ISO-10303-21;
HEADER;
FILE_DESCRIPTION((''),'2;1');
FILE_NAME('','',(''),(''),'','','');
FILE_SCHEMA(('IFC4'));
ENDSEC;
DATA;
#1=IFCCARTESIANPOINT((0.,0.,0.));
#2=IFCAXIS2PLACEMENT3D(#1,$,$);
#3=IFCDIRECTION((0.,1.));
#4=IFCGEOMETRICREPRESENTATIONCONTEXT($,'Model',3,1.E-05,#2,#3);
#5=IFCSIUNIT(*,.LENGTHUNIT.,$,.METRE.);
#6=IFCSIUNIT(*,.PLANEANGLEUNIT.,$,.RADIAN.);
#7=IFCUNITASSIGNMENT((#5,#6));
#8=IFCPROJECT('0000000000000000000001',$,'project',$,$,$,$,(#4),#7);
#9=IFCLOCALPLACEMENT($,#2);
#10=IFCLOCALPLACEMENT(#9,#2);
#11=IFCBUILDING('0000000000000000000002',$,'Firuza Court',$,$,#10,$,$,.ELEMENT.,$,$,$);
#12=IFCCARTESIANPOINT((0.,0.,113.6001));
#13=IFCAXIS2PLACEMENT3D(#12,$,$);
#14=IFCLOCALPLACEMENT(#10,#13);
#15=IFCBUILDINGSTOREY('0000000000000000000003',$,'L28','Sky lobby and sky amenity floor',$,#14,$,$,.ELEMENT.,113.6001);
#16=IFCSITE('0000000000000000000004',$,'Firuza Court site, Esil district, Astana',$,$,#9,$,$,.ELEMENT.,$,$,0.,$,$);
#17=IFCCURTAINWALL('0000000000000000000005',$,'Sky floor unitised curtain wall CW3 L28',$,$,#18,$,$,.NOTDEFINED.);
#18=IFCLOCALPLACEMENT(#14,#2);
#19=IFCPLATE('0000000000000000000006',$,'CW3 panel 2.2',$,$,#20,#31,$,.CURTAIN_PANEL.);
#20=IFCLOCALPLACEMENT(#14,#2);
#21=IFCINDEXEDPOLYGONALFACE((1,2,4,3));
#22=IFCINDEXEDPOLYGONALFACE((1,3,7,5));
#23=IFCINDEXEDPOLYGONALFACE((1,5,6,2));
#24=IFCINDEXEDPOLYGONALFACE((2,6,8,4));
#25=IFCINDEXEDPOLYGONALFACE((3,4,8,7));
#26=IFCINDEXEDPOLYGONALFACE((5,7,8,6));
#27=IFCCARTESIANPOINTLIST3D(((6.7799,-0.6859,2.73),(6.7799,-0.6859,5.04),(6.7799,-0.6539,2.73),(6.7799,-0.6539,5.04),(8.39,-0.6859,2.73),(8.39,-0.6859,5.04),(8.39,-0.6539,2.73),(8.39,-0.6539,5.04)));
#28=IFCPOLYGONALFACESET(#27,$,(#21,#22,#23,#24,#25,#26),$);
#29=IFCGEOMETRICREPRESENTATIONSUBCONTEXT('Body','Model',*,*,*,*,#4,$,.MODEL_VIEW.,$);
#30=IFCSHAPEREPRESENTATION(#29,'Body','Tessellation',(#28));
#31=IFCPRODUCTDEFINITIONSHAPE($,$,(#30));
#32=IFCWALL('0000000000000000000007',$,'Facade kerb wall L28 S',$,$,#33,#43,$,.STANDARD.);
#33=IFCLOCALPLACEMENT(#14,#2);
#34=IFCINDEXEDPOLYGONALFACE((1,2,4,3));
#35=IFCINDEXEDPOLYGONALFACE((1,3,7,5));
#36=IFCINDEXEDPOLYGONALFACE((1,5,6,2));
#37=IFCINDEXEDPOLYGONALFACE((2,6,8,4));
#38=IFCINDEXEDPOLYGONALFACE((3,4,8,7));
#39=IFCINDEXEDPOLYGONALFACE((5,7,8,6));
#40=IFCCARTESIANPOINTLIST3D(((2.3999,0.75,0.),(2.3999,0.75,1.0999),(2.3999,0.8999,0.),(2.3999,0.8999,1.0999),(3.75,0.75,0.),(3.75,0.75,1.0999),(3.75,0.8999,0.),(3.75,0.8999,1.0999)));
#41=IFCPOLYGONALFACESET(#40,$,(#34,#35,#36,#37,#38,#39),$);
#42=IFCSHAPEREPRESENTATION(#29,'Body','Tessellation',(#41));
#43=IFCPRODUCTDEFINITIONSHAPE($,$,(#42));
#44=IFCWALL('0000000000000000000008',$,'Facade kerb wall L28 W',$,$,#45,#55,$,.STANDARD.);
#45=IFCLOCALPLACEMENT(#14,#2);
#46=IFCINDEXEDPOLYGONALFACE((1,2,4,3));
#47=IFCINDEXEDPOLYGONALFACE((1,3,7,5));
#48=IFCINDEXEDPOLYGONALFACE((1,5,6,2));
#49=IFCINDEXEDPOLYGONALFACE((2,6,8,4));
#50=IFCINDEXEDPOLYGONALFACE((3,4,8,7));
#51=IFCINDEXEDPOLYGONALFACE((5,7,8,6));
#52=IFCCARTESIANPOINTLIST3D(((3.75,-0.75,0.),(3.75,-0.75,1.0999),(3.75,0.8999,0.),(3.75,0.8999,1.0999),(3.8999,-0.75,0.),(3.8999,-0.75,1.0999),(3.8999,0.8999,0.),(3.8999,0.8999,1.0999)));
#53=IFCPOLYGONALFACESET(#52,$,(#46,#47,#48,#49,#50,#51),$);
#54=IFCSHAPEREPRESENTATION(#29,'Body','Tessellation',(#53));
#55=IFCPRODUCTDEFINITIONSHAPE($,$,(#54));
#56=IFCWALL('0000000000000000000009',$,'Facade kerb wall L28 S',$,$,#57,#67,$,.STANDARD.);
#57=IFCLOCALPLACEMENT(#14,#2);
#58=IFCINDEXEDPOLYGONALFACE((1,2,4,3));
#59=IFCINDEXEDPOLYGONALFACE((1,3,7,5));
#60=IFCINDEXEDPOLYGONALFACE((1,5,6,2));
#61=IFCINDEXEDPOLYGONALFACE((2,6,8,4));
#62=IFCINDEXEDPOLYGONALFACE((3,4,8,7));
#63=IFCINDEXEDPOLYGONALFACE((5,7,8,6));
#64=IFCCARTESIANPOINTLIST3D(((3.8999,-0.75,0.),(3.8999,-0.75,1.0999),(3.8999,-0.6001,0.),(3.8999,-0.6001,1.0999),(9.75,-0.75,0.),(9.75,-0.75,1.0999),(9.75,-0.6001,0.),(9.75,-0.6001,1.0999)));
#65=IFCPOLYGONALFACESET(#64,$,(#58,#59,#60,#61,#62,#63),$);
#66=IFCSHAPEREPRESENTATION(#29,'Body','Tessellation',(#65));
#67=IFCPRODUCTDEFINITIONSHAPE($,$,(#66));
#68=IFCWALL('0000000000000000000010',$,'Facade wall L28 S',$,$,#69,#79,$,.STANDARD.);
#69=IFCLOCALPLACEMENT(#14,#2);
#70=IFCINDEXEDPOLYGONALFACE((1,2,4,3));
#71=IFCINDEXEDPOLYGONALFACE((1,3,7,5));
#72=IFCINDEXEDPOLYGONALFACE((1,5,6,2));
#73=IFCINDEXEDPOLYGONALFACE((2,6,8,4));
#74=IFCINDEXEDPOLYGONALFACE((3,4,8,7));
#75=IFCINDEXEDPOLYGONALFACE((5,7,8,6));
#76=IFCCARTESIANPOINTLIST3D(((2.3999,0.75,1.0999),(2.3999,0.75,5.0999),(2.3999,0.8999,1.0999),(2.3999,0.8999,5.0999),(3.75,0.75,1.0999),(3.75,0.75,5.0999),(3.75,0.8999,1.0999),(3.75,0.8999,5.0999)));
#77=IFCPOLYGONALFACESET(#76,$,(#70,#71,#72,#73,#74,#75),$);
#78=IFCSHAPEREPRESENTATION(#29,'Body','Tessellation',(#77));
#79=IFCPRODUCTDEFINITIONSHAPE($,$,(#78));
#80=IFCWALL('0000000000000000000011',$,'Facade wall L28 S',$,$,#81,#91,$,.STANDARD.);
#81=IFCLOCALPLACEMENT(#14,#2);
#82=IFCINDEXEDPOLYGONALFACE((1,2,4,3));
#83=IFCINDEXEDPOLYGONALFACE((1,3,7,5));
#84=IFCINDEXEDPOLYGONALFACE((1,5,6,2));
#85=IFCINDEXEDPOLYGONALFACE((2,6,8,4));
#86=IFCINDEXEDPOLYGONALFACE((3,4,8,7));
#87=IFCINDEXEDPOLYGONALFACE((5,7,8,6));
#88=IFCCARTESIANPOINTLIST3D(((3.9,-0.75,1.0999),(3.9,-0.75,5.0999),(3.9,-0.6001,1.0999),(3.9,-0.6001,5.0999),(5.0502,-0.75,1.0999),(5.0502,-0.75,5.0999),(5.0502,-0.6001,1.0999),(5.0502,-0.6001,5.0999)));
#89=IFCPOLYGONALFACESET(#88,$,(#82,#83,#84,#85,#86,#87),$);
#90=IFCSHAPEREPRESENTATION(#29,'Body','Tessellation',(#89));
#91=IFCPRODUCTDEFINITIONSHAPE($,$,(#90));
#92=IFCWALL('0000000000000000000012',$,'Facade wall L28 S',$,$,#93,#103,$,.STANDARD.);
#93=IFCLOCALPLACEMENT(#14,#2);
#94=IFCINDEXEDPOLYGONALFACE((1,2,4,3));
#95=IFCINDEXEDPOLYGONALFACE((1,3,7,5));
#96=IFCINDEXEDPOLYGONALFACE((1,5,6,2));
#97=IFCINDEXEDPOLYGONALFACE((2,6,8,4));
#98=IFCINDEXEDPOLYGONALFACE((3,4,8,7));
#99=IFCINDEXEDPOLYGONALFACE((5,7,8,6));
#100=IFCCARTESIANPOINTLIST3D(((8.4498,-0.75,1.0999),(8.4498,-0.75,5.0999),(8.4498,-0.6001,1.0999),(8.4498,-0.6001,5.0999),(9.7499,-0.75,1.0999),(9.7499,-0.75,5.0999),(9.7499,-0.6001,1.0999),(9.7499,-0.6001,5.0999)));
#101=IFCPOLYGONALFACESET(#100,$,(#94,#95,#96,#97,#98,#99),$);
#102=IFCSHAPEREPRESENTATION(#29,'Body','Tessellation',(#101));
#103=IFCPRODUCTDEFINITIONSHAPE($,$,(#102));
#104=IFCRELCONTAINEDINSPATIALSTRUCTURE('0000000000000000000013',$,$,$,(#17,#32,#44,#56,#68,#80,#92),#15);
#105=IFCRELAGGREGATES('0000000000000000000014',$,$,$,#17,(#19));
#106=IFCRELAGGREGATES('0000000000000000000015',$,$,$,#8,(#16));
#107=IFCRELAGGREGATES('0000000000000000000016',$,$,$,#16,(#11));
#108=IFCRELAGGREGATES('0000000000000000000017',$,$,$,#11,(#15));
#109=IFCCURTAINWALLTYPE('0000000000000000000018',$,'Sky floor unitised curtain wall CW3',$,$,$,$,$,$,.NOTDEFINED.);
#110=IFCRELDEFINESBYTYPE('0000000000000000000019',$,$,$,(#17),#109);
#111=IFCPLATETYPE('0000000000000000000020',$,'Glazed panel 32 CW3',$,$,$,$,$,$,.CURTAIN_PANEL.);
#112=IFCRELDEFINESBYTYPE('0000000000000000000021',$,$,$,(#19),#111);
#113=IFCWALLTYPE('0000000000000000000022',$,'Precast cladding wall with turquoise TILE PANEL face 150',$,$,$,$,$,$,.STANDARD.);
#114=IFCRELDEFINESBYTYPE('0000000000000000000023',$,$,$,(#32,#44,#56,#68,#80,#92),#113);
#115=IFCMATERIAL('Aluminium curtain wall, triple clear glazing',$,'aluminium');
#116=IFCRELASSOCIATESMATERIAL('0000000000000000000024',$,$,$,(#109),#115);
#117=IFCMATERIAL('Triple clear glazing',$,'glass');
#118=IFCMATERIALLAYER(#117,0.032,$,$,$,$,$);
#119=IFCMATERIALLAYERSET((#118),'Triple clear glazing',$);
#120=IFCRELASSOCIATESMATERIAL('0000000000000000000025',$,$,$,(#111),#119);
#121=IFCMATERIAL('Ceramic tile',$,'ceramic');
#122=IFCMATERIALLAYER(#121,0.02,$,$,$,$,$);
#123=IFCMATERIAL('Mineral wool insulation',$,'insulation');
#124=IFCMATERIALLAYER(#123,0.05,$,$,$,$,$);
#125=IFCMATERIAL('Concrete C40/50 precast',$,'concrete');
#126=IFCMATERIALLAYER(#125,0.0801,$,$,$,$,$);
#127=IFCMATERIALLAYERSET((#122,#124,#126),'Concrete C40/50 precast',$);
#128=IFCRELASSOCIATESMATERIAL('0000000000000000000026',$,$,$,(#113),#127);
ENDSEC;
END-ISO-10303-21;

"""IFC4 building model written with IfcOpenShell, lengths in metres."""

from ifc_helpers import new_model, si_unit, direction, frame, frame_2d, origin, origin_2d, place, context, subcontext, project, spatial, rectangle, extrude, material, layer, layer_set, type_object, element, aggregate, save


model = new_model("IFC4")

# Units and contexts
model_context = context("Model", 3, precision=1e-05, world=origin(), true_north=direction((0.0, 1.0)))
body_context = subcontext(model_context, "Body", "Model", "MODEL_VIEW")
ifc_project = project(units=[si_unit("LENGTHUNIT", "METRE"), si_unit("PLANEANGLEUNIT", "RADIAN")], contexts=[model_context])

# Site, building, storey
site_placement = place(None, origin())
site = spatial("IfcSite", under=ifc_project, at=site_placement, Name="Firuza Court site, Esil district, Astana", CompositionType="ELEMENT", RefElevation=0.0)
building_placement = place(site_placement, origin())
building = spatial("IfcBuilding", under=site, at=building_placement, Name="Firuza Court", CompositionType="ELEMENT")
storey_placement = place(building_placement, frame((0.0, 0.0, 113.6001)))
storey = spatial("IfcBuildingStorey", under=building, at=storey_placement, Name="L28", Description="Sky lobby and sky amenity floor", CompositionType="ELEMENT", Elevation=113.6001)

# Curtain wall
ifc_material_1 = material(Name="Aluminium curtain wall, triple clear glazing", Category="aluminium")
curtain_wall_type = type_object("IfcCurtainWallType", Name="Sky floor unitised curtain wall CW3", PredefinedType="NOTDEFINED", material=ifc_material_1)
curtain_wall_placement = place(storey_placement, origin())
curtain_wall = element("IfcCurtainWall", 1, at=curtain_wall_placement, inside=storey, type_object=curtain_wall_type, Name="Sky floor unitised curtain wall CW3 L28", PredefinedType="NOTDEFINED")

# Plate
ifc_material_2 = material(Name="Triple clear glazing", Category="glass")
ifc_layer_1 = layer(ifc_material_2, 0.032)
ifc_layer_set_1 = layer_set([ifc_layer_1], Name="Triple clear glazing")
plate_type = type_object("IfcPlateType", Name="Glazed panel 32 CW3", PredefinedType="CURTAIN_PANEL", material=ifc_layer_set_1)
plate_1_placement = place(storey_placement, frame((7.585, -0.6699, 2.73), z_axis=(0.0, 0.0, 1.0), x_axis=(1.0, 0.0, 0.0)))
plate_1 = element("IfcPlate", 2, at=plate_1_placement, type_object=plate_type, Name="CW3 panel 2.2", PredefinedType="CURTAIN_PANEL", context=body_context, shape_type="SweptSolid", body=[
    extrude(rectangle(XDim=1.6101, YDim=0.032, at=origin_2d()), origin(), (0.0, 0.0, 1.0), 2.3101),
])
aggregate(curtain_wall, [plate_1])

# Walls
ifc_material_3 = material(Name="Ceramic tile", Category="ceramic")
ifc_layer_2 = layer(ifc_material_3, 0.02)
ifc_material_4 = material(Name="Mineral wool insulation", Category="insulation")
ifc_layer_3 = layer(ifc_material_4, 0.05)
ifc_material_5 = material(Name="Concrete C40/50 precast", Category="concrete")
ifc_layer_4 = layer(ifc_material_5, 0.0801)
ifc_layer_set_2 = layer_set([ifc_layer_2, ifc_layer_3, ifc_layer_4], Name="Concrete C40/50 precast")
wall_type = type_object("IfcWallType", Name="Precast cladding wall with turquoise TILE PANEL face 150", PredefinedType="STANDARD", material=ifc_layer_set_2)
wall_1_placement = place(storey_placement, frame((2.3999, 0.825, 0.0), z_axis=(0.0, 0.0, 1.0), x_axis=(1.0, 0.0, 0.0)))
element("IfcWall", 3, at=wall_1_placement, inside=storey, type_object=wall_type, Name="Facade kerb wall L28 S", PredefinedType="STANDARD", context=body_context, shape_type="SweptSolid", body=[
    extrude(rectangle(XDim=1.3501, YDim=0.1499, at=frame_2d((0.675, 0.0))), origin(), (0.0, 0.0, 1.0), 1.0999),
])
wall_2_placement = place(storey_placement, frame((3.825, 0.8999, 0.0), z_axis=(0.0, 0.0, 1.0), x_axis=(0.0, -1.0, 0.0)))
element("IfcWall", 4, at=wall_2_placement, inside=storey, type_object=wall_type, Name="Facade kerb wall L28 W", PredefinedType="STANDARD", context=body_context, shape_type="SweptSolid", body=[
    extrude(rectangle(XDim=1.6499, YDim=0.1499, at=frame_2d((0.825, 0.0))), origin(), (0.0, 0.0, 1.0), 1.0999),
])
wall_3_placement = place(storey_placement, frame((3.8999, -0.675, 0.0), z_axis=(0.0, 0.0, 1.0), x_axis=(1.0, 0.0, 0.0)))
element("IfcWall", 5, at=wall_3_placement, inside=storey, type_object=wall_type, Name="Facade kerb wall L28 S", PredefinedType="STANDARD", context=body_context, shape_type="SweptSolid", body=[
    extrude(rectangle(XDim=5.8501, YDim=0.1499, at=frame_2d((2.925, 0.0))), origin(), (0.0, 0.0, 1.0), 1.0999),
])
wall_4_placement = place(storey_placement, frame((2.3999, 0.825, 1.0999), z_axis=(0.0, 0.0, 1.0), x_axis=(1.0, 0.0, 0.0)))
element("IfcWall", 6, at=wall_4_placement, inside=storey, type_object=wall_type, Name="Facade wall L28 S", PredefinedType="STANDARD", context=body_context, shape_type="SweptSolid", body=[
    extrude(rectangle(XDim=1.3501, YDim=0.1499, at=frame_2d((0.675, 0.0))), origin(), (0.0, 0.0, 1.0), 4.0),
])
wall_5_placement = place(storey_placement, frame((3.8999, -0.675, 1.0999), z_axis=(0.0, 0.0, 1.0), x_axis=(1.0, 0.0, 0.0)))
element("IfcWall", 7, at=wall_5_placement, inside=storey, type_object=wall_type, Name="Facade wall L28 S", PredefinedType="STANDARD", context=body_context, shape_type="SweptSolid", body=[
    extrude(rectangle(XDim=1.1501, YDim=0.1499, at=frame_2d((0.5752, 0.0))), origin(), (0.0, 0.0, 1.0), 4.0),
])
wall_6_placement = place(storey_placement, frame((8.45, -0.675, 1.0999), z_axis=(0.0, 0.0, 1.0), x_axis=(1.0, 0.0, 0.0)))
element("IfcWall", 8, at=wall_6_placement, inside=storey, type_object=wall_type, Name="Facade wall L28 S", PredefinedType="STANDARD", context=body_context, shape_type="SweptSolid", body=[
    extrude(rectangle(XDim=1.3, YDim=0.1499, at=frame_2d((0.6499, 0.0))), origin(), (0.0, 0.0, 1.0), 4.0),
])

save(model, "model.ifc")
